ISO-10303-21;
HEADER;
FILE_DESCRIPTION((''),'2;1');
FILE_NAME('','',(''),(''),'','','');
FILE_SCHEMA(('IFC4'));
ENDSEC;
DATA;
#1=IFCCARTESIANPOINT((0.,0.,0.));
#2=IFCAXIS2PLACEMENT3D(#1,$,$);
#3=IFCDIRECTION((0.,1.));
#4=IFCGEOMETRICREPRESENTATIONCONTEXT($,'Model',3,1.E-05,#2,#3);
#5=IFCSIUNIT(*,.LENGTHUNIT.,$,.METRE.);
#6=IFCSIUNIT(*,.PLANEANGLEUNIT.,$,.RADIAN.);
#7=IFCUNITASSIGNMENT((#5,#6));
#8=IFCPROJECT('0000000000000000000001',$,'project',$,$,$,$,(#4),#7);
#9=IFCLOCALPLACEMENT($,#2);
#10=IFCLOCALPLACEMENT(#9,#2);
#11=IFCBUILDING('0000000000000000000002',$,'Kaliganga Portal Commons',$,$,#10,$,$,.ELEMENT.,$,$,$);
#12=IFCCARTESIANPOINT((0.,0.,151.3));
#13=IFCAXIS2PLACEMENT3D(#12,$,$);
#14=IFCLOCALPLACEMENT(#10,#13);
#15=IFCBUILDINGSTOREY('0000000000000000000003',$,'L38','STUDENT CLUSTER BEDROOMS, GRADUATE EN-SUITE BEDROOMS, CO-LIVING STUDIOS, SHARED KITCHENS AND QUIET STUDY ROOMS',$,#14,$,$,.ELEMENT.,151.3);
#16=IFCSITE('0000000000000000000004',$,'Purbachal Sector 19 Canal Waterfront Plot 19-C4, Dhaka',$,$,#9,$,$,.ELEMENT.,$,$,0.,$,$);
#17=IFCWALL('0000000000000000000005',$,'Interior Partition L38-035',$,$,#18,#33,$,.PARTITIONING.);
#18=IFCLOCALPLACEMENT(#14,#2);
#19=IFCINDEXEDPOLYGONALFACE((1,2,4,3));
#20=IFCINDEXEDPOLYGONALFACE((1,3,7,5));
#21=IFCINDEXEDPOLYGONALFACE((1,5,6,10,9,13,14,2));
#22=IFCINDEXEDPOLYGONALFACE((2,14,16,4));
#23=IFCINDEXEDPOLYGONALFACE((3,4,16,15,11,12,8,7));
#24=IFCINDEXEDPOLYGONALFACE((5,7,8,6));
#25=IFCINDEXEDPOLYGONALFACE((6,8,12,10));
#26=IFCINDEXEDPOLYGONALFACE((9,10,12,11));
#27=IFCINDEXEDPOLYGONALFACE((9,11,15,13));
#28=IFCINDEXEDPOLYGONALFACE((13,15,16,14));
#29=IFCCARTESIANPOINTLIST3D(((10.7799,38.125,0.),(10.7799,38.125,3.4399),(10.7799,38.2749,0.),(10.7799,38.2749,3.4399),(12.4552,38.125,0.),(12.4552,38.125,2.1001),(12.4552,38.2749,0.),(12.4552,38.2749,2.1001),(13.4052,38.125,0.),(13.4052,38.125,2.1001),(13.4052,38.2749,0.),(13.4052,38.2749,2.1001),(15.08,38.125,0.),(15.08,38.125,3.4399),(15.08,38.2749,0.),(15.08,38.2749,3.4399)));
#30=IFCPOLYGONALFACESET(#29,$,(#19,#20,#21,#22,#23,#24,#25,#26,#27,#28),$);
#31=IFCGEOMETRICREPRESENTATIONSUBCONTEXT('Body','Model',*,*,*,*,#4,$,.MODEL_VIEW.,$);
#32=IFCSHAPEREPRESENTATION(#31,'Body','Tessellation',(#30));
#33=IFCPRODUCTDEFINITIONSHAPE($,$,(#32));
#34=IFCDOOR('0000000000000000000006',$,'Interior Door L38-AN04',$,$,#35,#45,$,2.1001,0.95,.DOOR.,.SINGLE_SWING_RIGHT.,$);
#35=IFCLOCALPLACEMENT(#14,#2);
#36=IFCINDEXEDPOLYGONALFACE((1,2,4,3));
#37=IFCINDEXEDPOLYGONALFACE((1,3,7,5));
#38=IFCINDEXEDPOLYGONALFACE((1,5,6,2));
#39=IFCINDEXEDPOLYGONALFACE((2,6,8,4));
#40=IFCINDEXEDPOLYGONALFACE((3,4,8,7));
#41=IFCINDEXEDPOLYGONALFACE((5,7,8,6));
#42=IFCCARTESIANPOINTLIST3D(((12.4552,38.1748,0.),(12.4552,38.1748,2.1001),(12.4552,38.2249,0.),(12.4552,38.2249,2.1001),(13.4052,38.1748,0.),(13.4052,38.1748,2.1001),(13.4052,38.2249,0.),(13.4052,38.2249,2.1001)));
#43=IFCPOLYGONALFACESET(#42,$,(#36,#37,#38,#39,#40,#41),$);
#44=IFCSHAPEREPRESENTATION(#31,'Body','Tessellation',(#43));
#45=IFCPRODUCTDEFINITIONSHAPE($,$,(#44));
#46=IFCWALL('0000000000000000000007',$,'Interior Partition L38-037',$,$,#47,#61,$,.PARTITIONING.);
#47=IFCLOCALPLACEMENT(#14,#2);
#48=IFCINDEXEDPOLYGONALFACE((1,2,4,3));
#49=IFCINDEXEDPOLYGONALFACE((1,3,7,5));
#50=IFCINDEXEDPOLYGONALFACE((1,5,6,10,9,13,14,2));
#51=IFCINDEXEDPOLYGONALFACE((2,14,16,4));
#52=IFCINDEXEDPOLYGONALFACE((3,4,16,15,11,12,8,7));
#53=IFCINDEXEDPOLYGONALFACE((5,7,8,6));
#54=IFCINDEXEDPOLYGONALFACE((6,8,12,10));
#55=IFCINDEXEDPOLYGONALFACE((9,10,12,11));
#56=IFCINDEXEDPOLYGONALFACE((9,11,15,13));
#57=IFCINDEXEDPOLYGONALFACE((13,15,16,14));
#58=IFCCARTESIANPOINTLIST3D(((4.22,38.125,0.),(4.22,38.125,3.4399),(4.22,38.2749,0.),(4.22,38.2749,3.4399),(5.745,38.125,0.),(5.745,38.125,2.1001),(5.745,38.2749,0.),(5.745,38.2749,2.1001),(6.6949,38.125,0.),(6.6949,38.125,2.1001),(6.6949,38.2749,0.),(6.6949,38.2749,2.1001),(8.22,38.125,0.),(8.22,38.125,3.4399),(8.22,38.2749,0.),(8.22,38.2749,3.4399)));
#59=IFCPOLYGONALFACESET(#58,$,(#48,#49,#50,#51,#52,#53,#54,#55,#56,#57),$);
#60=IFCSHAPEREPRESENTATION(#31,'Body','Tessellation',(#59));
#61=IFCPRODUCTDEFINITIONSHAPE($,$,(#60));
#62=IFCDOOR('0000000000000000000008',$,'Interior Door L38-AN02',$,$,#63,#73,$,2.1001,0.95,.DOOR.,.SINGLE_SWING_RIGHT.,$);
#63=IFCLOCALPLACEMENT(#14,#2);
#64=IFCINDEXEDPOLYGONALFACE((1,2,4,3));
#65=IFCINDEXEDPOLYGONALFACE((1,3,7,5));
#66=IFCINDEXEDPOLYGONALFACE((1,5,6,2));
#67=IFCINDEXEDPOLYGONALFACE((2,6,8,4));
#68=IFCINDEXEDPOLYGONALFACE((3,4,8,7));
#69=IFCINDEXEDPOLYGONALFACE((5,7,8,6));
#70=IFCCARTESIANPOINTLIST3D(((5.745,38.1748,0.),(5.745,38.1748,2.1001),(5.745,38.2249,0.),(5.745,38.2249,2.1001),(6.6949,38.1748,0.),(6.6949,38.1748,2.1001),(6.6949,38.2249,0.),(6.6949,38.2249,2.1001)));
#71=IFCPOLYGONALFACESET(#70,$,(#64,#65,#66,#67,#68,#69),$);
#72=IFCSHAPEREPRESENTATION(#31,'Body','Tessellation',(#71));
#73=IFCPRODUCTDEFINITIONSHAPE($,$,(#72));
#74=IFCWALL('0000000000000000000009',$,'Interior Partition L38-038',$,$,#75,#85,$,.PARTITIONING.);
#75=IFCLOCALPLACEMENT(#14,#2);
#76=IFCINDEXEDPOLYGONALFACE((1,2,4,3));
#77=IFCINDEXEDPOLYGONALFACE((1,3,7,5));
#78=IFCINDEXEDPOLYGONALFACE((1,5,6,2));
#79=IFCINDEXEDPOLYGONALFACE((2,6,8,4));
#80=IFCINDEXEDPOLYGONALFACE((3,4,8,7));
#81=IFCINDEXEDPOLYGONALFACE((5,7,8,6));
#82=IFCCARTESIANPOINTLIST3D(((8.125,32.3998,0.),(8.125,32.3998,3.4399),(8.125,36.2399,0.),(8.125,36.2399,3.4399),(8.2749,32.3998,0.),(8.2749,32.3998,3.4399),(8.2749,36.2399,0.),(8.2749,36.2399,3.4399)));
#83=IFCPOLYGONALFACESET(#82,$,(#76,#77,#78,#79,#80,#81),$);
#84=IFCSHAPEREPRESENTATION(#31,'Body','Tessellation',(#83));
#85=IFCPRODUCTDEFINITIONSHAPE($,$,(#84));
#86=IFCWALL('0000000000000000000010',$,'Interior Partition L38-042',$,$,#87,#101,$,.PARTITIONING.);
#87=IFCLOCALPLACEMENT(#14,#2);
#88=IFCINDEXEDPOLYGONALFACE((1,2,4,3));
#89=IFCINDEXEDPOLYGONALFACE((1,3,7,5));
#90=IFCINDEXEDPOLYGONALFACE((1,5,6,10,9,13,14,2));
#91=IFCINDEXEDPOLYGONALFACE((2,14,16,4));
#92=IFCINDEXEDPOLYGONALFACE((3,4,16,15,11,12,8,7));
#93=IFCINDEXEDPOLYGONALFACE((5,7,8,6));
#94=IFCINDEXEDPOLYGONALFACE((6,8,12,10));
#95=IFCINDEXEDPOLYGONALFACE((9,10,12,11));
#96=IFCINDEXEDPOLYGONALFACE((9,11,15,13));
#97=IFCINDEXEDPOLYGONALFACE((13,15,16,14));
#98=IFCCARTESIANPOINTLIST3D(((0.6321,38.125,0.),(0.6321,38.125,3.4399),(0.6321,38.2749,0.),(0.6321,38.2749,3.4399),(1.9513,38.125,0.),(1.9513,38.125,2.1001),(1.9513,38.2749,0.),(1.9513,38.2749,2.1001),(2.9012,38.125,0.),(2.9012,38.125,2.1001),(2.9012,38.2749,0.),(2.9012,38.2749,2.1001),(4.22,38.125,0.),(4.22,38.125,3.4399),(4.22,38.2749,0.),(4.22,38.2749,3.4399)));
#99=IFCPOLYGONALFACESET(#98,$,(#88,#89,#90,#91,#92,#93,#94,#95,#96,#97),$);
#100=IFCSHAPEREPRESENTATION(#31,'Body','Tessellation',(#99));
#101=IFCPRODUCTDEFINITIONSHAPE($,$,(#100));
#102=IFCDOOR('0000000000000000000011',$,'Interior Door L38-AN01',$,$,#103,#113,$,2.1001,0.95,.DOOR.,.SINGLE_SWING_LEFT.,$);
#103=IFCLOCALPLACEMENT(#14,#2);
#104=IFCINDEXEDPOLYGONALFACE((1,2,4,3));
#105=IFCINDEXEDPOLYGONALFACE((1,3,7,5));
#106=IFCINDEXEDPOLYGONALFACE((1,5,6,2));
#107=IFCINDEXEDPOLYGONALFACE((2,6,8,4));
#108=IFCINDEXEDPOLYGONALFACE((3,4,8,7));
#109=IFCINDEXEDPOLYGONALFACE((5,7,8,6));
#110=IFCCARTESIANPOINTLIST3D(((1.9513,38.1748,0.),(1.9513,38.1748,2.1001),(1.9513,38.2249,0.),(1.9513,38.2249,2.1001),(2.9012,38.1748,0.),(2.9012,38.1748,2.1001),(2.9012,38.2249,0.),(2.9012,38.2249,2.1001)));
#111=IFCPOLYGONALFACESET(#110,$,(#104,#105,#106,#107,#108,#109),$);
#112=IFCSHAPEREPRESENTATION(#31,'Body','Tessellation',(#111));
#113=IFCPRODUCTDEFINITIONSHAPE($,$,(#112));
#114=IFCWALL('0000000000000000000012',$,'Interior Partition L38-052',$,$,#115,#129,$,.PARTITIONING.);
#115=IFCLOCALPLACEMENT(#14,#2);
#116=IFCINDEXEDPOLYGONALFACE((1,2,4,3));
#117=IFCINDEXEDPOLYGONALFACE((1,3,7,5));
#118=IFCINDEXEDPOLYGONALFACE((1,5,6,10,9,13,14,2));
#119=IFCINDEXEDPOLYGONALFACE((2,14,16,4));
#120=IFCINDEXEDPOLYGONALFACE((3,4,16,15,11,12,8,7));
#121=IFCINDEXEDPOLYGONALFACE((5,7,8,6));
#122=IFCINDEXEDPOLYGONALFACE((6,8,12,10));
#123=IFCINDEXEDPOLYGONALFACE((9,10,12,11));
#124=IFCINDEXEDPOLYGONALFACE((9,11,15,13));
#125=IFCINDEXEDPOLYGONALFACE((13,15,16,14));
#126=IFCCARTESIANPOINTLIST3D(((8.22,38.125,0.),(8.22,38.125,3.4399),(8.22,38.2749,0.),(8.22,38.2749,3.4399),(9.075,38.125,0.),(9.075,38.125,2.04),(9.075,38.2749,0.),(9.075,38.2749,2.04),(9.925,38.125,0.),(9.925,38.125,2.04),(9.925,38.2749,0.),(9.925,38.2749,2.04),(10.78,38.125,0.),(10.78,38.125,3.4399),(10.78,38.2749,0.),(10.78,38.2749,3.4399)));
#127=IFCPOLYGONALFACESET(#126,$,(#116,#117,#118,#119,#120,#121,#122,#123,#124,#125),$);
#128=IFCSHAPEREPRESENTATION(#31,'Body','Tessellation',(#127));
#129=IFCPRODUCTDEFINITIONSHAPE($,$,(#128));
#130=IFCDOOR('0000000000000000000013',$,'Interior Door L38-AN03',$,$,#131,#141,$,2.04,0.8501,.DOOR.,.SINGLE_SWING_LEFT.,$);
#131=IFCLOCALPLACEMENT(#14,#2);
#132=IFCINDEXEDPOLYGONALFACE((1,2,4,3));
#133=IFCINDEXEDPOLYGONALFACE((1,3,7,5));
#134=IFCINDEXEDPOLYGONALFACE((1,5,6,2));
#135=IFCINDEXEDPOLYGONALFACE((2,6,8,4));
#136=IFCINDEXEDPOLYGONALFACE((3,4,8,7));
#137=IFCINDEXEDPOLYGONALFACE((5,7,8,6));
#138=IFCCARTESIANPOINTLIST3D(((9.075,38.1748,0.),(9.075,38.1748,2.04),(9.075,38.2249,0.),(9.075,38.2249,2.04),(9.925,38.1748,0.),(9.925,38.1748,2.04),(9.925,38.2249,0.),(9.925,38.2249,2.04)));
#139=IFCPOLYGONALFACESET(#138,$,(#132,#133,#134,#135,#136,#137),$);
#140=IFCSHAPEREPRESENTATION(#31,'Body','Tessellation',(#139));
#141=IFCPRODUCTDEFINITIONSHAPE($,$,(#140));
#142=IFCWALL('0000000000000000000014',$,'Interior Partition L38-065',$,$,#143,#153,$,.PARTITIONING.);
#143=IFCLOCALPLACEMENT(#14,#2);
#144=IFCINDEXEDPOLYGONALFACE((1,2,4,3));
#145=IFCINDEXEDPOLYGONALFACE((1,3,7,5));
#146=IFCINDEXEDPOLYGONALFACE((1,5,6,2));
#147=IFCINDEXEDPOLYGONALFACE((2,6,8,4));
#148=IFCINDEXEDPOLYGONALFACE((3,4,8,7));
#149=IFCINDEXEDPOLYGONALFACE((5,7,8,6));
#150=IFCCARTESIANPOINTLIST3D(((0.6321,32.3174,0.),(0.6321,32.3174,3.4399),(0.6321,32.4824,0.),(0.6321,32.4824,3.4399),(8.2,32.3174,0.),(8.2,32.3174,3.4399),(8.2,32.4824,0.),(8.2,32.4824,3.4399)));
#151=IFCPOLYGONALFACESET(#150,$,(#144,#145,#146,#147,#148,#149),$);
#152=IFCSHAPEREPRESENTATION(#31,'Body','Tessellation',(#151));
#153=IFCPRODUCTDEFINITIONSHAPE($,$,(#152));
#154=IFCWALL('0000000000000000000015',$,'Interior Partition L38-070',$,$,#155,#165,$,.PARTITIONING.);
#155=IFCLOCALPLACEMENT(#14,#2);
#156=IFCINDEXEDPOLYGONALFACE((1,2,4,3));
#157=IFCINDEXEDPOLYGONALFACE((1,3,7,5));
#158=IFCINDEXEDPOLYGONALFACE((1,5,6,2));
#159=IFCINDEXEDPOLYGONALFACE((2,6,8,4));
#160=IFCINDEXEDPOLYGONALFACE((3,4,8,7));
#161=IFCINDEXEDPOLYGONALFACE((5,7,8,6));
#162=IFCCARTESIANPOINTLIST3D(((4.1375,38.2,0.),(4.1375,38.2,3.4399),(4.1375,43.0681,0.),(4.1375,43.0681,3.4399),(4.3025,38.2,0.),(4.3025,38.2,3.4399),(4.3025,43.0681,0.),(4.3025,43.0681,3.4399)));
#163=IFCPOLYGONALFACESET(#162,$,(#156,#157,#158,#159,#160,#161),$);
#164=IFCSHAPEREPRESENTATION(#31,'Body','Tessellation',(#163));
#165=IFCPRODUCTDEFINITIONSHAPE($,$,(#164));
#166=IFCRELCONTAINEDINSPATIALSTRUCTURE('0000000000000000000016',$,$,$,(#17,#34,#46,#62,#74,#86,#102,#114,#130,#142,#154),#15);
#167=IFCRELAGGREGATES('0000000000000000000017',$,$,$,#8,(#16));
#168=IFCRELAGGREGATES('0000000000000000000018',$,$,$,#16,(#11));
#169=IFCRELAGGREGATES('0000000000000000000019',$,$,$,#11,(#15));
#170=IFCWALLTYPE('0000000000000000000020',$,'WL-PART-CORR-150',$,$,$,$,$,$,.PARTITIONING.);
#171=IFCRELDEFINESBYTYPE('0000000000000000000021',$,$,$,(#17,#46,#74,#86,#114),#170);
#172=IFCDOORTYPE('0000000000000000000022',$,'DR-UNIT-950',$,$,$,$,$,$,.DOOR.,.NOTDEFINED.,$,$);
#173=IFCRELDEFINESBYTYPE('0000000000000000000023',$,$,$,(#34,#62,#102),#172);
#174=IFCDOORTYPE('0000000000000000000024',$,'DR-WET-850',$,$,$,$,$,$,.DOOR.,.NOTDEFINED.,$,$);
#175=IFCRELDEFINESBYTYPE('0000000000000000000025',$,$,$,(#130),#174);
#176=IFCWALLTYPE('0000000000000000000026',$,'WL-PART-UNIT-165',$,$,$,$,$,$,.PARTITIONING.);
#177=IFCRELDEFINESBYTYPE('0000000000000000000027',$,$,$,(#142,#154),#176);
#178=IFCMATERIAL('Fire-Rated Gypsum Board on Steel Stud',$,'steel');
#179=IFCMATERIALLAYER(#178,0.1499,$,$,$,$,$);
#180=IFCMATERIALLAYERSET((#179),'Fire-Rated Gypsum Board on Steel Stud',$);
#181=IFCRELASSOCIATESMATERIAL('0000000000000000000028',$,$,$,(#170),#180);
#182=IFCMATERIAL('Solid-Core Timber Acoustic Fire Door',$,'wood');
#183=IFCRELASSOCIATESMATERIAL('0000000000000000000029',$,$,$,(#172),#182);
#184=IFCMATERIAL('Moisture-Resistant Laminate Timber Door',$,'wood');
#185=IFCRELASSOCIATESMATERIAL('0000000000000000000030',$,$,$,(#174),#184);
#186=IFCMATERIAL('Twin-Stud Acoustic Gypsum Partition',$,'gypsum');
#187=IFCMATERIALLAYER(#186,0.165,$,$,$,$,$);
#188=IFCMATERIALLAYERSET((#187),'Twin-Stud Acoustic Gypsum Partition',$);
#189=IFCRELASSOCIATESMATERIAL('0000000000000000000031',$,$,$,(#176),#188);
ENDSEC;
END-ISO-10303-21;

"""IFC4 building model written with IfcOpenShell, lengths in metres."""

from ifc_helpers import new_model, si_unit, direction, frame, frame_2d, origin, place, context, subcontext, project, spatial, rectangle, extrude, material, layer, layer_set, type_object, element, fill, save


model = new_model("IFC4")

# Units and contexts
model_context = context("Model", 3, precision=1e-05, world=origin(), true_north=direction((0.0, 1.0)))
body_context = subcontext(model_context, "Body", "Model", "MODEL_VIEW")
ifc_project = project(units=[si_unit("LENGTHUNIT", "METRE"), si_unit("PLANEANGLEUNIT", "RADIAN")], contexts=[model_context])

# Site, building, storey
site_placement = place(None, origin())
site = spatial("IfcSite", under=ifc_project, at=site_placement, Name="Purbachal Sector 19 Canal Waterfront Plot 19-C4, Dhaka", CompositionType="ELEMENT", RefElevation=0.0)
building_placement = place(site_placement, origin())
building = spatial("IfcBuilding", under=site, at=building_placement, Name="Kaliganga Portal Commons", CompositionType="ELEMENT")
storey_placement = place(building_placement, frame((0.0, 0.0, 151.3)))
storey = spatial("IfcBuildingStorey", under=building, at=storey_placement, Name="L38", Description="STUDENT CLUSTER BEDROOMS, GRADUATE EN-SUITE BEDROOMS, CO-LIVING STUDIOS, SHARED KITCHENS AND QUIET STUDY ROOMS", CompositionType="ELEMENT", Elevation=151.3)

# Shared definitions
ifc_material_1 = material(Name="Fire-Rated Gypsum Board on Steel Stud", Category="steel")
ifc_layer_1 = layer(ifc_material_1, 0.1499)
ifc_layer_set_1 = layer_set([ifc_layer_1], Name="Fire-Rated Gypsum Board on Steel Stud")
wall_type_1 = type_object("IfcWallType", Name="WL-PART-CORR-150", PredefinedType="PARTITIONING", material=ifc_layer_set_1)
ifc_material_2 = material(Name="Solid-Core Timber Acoustic Fire Door", Category="wood")
door_type_1 = type_object("IfcDoorType", Name="DR-UNIT-950", OperationType="NOTDEFINED", PredefinedType="DOOR", material=ifc_material_2)

# Walls, openings, doors
wall_1_placement = place(storey_placement, frame((10.78, 38.2, 0.0), z_axis=(0.0, 0.0, 1.0), x_axis=(1.0, 0.0, 0.0)))
wall_1 = element("IfcWall", 1, at=wall_1_placement, inside=storey, type_object=wall_type_1, Name="Interior Partition L38-035", PredefinedType="PARTITIONING", context=body_context, shape_type="SweptSolid", body=[
    extrude(rectangle(XDim=4.3, YDim=0.1499, at=frame_2d((2.1499, 0.0))), origin(), (0.0, 0.0, 1.0), 3.4399),
])
opening_1_placement = place(wall_1_placement, frame((1.675, 0.0, 0.0)))
opening_1 = element("IfcOpeningElement", 2, at=opening_1_placement, cuts=wall_1, PredefinedType="OPENING", context=body_context, shape_type="SweptSolid", body=[
    extrude(rectangle(XDim=0.95, YDim=2.1001, at=frame_2d((0.4751, 1.05))), frame((0.0, 0.085, 0.0), z_axis=(0.0, -1.0, 0.0), x_axis=(1.0, 0.0, 0.0)), (0.0, 0.0, 1.0), 0.1699),
])
door_1_placement = place(opening_1_placement, origin())
door_1 = element("IfcDoor", 3, at=door_1_placement, inside=storey, type_object=door_type_1, Name="Interior Door L38-AN04", OperationType="SINGLE_SWING_RIGHT", OverallHeight=2.1001, OverallWidth=0.95, PredefinedType="DOOR", context=body_context, shape_type="SweptSolid", body=[
    extrude(rectangle(XDim=0.95, YDim=2.1001, at=frame_2d((0.4751, 1.05))), frame((0.0, 0.0249, 0.0), z_axis=(0.0, -1.0, 0.0), x_axis=(1.0, 0.0, 0.0)), (0.0, 0.0, 1.0), 0.05),
])
fill(opening_1, door_1)
wall_2_placement = place(storey_placement, frame((4.22, 38.2, 0.0), z_axis=(0.0, 0.0, 1.0), x_axis=(1.0, 0.0, 0.0)))
wall_2 = element("IfcWall", 4, at=wall_2_placement, inside=storey, type_object=wall_type_1, Name="Interior Partition L38-037", PredefinedType="PARTITIONING", context=body_context, shape_type="SweptSolid", body=[
    extrude(rectangle(XDim=4.0, YDim=0.1499, at=frame_2d((2.0, 0.0))), origin(), (0.0, 0.0, 1.0), 3.4399),
])
opening_2_placement = place(wall_2_placement, frame((1.5249, 0.0, 0.0)))
opening_2 = element("IfcOpeningElement", 5, at=opening_2_placement, cuts=wall_2, PredefinedType="OPENING", context=body_context, shape_type="SweptSolid", body=[
    extrude(rectangle(XDim=0.95, YDim=2.1001, at=frame_2d((0.4751, 1.05))), frame((0.0, 0.085, 0.0), z_axis=(0.0, -1.0, 0.0), x_axis=(1.0, 0.0, 0.0)), (0.0, 0.0, 1.0), 0.1699),
])
door_2_placement = place(opening_2_placement, origin())
door_2 = element("IfcDoor", 6, at=door_2_placement, inside=storey, type_object=door_type_1, Name="Interior Door L38-AN02", OperationType="SINGLE_SWING_RIGHT", OverallHeight=2.1001, OverallWidth=0.95, PredefinedType="DOOR", context=body_context, shape_type="SweptSolid", body=[
    extrude(rectangle(XDim=0.95, YDim=2.1001, at=frame_2d((0.4751, 1.05))), frame((0.0, 0.0249, 0.0), z_axis=(0.0, -1.0, 0.0), x_axis=(1.0, 0.0, 0.0)), (0.0, 0.0, 1.0), 0.05),
])
fill(opening_2, door_2)

# Wall
wall_3_placement = place(storey_placement, frame((8.2, 32.3999, 0.0), z_axis=(0.0, 0.0, 1.0), x_axis=(0.0, 1.0, 0.0)))
element("IfcWall", 7, at=wall_3_placement, inside=storey, type_object=wall_type_1, Name="Interior Partition L38-038", PredefinedType="PARTITIONING", context=body_context, shape_type="SweptSolid", body=[
    extrude(rectangle(XDim=3.8401, YDim=0.1499, at=frame_2d((1.9199, 0.0))), origin(), (0.0, 0.0, 1.0), 3.4399),
])

# Walls, openings, doors
wall_4_placement = place(storey_placement, frame((0.6321, 38.2, 0.0), z_axis=(0.0, 0.0, 1.0), x_axis=(1.0, 0.0, 0.0)))
wall_4 = element("IfcWall", 8, at=wall_4_placement, inside=storey, type_object=wall_type_1, Name="Interior Partition L38-042", PredefinedType="PARTITIONING", context=body_context, shape_type="SweptSolid", body=[
    extrude(rectangle(XDim=3.5879, YDim=0.1499, at=frame_2d((1.7939, 0.0))), origin(), (0.0, 0.0, 1.0), 3.4399),
])
opening_3_placement = place(wall_4_placement, frame((1.3191, 0.0, 0.0)))
opening_3 = element("IfcOpeningElement", 9, at=opening_3_placement, cuts=wall_4, PredefinedType="OPENING", context=body_context, shape_type="SweptSolid", body=[
    extrude(rectangle(XDim=0.95, YDim=2.1001, at=frame_2d((0.4751, 1.05))), frame((0.0, 0.085, 0.0), z_axis=(0.0, -1.0, 0.0), x_axis=(1.0, 0.0, 0.0)), (0.0, 0.0, 1.0), 0.1699),
])
door_3_placement = place(opening_3_placement, origin())
door_3 = element("IfcDoor", 10, at=door_3_placement, inside=storey, type_object=door_type_1, Name="Interior Door L38-AN01", OperationType="SINGLE_SWING_LEFT", OverallHeight=2.1001, OverallWidth=0.95, PredefinedType="DOOR", context=body_context, shape_type="SweptSolid", body=[
    extrude(rectangle(XDim=0.95, YDim=2.1001, at=frame_2d((0.4751, 1.05))), frame((0.0, 0.0249, 0.0), z_axis=(0.0, -1.0, 0.0), x_axis=(1.0, 0.0, 0.0)), (0.0, 0.0, 1.0), 0.05),
])
fill(opening_3, door_3)
wall_5_placement = place(storey_placement, frame((8.22, 38.2, 0.0), z_axis=(0.0, 0.0, 1.0), x_axis=(1.0, 0.0, 0.0)))
wall_5 = element("IfcWall", 11, at=wall_5_placement, inside=storey, type_object=wall_type_1, Name="Interior Partition L38-052", PredefinedType="PARTITIONING", context=body_context, shape_type="SweptSolid", body=[
    extrude(rectangle(XDim=2.5601, YDim=0.1499, at=frame_2d((1.28, 0.0))), origin(), (0.0, 0.0, 1.0), 3.4399),
])
opening_4_placement = place(wall_5_placement, frame((0.855, 0.0, 0.0)))
opening_4 = element("IfcOpeningElement", 12, at=opening_4_placement, cuts=wall_5, PredefinedType="OPENING", context=body_context, shape_type="SweptSolid", body=[
    extrude(rectangle(XDim=0.8501, YDim=2.04, at=frame_2d((0.425, 1.02))), frame((0.0, 0.085, 0.0), z_axis=(0.0, -1.0, 0.0), x_axis=(1.0, 0.0, 0.0)), (0.0, 0.0, 1.0), 0.1699),
])
ifc_material_3 = material(Name="Moisture-Resistant Laminate Timber Door", Category="wood")
door_type_2 = type_object("IfcDoorType", Name="DR-WET-850", OperationType="NOTDEFINED", PredefinedType="DOOR", material=ifc_material_3)
door_4_placement = place(opening_4_placement, origin())
door_4 = element("IfcDoor", 13, at=door_4_placement, inside=storey, type_object=door_type_2, Name="Interior Door L38-AN03", OperationType="SINGLE_SWING_LEFT", OverallHeight=2.04, OverallWidth=0.8501, PredefinedType="DOOR", context=body_context, shape_type="SweptSolid", body=[
    extrude(rectangle(XDim=0.8501, YDim=2.04, at=frame_2d((0.425, 1.02))), frame((0.0, 0.0249, 0.0), z_axis=(0.0, -1.0, 0.0), x_axis=(1.0, 0.0, 0.0)), (0.0, 0.0, 1.0), 0.05),
])
fill(opening_4, door_4)

# Walls
ifc_material_4 = material(Name="Twin-Stud Acoustic Gypsum Partition", Category="gypsum")
ifc_layer_2 = layer(ifc_material_4, 0.165)
ifc_layer_set_2 = layer_set([ifc_layer_2], Name="Twin-Stud Acoustic Gypsum Partition")
wall_type_2 = type_object("IfcWallType", Name="WL-PART-UNIT-165", PredefinedType="PARTITIONING", material=ifc_layer_set_2)
wall_6_placement = place(storey_placement, frame((0.6321, 32.3999, 0.0), z_axis=(0.0, 0.0, 1.0), x_axis=(1.0, 0.0, 0.0)))
element("IfcWall", 14, at=wall_6_placement, inside=storey, type_object=wall_type_2, Name="Interior Partition L38-065", PredefinedType="PARTITIONING", context=body_context, shape_type="SweptSolid", body=[
    extrude(rectangle(XDim=7.5679, YDim=0.165, at=frame_2d((3.7839, 0.0))), origin(), (0.0, 0.0, 1.0), 3.4399),
])
wall_7_placement = place(storey_placement, frame((4.22, 38.2, 0.0), z_axis=(0.0, 0.0, 1.0), x_axis=(0.0, 1.0, 0.0)))
element("IfcWall", 15, at=wall_7_placement, inside=storey, type_object=wall_type_2, Name="Interior Partition L38-070", PredefinedType="PARTITIONING", context=body_context, shape_type="SweptSolid", body=[
    extrude(rectangle(XDim=4.8682, YDim=0.165, at=frame_2d((2.4341, 0.0))), origin(), (0.0, 0.0, 1.0), 3.4399),
])

save(model, "model.ifc")
